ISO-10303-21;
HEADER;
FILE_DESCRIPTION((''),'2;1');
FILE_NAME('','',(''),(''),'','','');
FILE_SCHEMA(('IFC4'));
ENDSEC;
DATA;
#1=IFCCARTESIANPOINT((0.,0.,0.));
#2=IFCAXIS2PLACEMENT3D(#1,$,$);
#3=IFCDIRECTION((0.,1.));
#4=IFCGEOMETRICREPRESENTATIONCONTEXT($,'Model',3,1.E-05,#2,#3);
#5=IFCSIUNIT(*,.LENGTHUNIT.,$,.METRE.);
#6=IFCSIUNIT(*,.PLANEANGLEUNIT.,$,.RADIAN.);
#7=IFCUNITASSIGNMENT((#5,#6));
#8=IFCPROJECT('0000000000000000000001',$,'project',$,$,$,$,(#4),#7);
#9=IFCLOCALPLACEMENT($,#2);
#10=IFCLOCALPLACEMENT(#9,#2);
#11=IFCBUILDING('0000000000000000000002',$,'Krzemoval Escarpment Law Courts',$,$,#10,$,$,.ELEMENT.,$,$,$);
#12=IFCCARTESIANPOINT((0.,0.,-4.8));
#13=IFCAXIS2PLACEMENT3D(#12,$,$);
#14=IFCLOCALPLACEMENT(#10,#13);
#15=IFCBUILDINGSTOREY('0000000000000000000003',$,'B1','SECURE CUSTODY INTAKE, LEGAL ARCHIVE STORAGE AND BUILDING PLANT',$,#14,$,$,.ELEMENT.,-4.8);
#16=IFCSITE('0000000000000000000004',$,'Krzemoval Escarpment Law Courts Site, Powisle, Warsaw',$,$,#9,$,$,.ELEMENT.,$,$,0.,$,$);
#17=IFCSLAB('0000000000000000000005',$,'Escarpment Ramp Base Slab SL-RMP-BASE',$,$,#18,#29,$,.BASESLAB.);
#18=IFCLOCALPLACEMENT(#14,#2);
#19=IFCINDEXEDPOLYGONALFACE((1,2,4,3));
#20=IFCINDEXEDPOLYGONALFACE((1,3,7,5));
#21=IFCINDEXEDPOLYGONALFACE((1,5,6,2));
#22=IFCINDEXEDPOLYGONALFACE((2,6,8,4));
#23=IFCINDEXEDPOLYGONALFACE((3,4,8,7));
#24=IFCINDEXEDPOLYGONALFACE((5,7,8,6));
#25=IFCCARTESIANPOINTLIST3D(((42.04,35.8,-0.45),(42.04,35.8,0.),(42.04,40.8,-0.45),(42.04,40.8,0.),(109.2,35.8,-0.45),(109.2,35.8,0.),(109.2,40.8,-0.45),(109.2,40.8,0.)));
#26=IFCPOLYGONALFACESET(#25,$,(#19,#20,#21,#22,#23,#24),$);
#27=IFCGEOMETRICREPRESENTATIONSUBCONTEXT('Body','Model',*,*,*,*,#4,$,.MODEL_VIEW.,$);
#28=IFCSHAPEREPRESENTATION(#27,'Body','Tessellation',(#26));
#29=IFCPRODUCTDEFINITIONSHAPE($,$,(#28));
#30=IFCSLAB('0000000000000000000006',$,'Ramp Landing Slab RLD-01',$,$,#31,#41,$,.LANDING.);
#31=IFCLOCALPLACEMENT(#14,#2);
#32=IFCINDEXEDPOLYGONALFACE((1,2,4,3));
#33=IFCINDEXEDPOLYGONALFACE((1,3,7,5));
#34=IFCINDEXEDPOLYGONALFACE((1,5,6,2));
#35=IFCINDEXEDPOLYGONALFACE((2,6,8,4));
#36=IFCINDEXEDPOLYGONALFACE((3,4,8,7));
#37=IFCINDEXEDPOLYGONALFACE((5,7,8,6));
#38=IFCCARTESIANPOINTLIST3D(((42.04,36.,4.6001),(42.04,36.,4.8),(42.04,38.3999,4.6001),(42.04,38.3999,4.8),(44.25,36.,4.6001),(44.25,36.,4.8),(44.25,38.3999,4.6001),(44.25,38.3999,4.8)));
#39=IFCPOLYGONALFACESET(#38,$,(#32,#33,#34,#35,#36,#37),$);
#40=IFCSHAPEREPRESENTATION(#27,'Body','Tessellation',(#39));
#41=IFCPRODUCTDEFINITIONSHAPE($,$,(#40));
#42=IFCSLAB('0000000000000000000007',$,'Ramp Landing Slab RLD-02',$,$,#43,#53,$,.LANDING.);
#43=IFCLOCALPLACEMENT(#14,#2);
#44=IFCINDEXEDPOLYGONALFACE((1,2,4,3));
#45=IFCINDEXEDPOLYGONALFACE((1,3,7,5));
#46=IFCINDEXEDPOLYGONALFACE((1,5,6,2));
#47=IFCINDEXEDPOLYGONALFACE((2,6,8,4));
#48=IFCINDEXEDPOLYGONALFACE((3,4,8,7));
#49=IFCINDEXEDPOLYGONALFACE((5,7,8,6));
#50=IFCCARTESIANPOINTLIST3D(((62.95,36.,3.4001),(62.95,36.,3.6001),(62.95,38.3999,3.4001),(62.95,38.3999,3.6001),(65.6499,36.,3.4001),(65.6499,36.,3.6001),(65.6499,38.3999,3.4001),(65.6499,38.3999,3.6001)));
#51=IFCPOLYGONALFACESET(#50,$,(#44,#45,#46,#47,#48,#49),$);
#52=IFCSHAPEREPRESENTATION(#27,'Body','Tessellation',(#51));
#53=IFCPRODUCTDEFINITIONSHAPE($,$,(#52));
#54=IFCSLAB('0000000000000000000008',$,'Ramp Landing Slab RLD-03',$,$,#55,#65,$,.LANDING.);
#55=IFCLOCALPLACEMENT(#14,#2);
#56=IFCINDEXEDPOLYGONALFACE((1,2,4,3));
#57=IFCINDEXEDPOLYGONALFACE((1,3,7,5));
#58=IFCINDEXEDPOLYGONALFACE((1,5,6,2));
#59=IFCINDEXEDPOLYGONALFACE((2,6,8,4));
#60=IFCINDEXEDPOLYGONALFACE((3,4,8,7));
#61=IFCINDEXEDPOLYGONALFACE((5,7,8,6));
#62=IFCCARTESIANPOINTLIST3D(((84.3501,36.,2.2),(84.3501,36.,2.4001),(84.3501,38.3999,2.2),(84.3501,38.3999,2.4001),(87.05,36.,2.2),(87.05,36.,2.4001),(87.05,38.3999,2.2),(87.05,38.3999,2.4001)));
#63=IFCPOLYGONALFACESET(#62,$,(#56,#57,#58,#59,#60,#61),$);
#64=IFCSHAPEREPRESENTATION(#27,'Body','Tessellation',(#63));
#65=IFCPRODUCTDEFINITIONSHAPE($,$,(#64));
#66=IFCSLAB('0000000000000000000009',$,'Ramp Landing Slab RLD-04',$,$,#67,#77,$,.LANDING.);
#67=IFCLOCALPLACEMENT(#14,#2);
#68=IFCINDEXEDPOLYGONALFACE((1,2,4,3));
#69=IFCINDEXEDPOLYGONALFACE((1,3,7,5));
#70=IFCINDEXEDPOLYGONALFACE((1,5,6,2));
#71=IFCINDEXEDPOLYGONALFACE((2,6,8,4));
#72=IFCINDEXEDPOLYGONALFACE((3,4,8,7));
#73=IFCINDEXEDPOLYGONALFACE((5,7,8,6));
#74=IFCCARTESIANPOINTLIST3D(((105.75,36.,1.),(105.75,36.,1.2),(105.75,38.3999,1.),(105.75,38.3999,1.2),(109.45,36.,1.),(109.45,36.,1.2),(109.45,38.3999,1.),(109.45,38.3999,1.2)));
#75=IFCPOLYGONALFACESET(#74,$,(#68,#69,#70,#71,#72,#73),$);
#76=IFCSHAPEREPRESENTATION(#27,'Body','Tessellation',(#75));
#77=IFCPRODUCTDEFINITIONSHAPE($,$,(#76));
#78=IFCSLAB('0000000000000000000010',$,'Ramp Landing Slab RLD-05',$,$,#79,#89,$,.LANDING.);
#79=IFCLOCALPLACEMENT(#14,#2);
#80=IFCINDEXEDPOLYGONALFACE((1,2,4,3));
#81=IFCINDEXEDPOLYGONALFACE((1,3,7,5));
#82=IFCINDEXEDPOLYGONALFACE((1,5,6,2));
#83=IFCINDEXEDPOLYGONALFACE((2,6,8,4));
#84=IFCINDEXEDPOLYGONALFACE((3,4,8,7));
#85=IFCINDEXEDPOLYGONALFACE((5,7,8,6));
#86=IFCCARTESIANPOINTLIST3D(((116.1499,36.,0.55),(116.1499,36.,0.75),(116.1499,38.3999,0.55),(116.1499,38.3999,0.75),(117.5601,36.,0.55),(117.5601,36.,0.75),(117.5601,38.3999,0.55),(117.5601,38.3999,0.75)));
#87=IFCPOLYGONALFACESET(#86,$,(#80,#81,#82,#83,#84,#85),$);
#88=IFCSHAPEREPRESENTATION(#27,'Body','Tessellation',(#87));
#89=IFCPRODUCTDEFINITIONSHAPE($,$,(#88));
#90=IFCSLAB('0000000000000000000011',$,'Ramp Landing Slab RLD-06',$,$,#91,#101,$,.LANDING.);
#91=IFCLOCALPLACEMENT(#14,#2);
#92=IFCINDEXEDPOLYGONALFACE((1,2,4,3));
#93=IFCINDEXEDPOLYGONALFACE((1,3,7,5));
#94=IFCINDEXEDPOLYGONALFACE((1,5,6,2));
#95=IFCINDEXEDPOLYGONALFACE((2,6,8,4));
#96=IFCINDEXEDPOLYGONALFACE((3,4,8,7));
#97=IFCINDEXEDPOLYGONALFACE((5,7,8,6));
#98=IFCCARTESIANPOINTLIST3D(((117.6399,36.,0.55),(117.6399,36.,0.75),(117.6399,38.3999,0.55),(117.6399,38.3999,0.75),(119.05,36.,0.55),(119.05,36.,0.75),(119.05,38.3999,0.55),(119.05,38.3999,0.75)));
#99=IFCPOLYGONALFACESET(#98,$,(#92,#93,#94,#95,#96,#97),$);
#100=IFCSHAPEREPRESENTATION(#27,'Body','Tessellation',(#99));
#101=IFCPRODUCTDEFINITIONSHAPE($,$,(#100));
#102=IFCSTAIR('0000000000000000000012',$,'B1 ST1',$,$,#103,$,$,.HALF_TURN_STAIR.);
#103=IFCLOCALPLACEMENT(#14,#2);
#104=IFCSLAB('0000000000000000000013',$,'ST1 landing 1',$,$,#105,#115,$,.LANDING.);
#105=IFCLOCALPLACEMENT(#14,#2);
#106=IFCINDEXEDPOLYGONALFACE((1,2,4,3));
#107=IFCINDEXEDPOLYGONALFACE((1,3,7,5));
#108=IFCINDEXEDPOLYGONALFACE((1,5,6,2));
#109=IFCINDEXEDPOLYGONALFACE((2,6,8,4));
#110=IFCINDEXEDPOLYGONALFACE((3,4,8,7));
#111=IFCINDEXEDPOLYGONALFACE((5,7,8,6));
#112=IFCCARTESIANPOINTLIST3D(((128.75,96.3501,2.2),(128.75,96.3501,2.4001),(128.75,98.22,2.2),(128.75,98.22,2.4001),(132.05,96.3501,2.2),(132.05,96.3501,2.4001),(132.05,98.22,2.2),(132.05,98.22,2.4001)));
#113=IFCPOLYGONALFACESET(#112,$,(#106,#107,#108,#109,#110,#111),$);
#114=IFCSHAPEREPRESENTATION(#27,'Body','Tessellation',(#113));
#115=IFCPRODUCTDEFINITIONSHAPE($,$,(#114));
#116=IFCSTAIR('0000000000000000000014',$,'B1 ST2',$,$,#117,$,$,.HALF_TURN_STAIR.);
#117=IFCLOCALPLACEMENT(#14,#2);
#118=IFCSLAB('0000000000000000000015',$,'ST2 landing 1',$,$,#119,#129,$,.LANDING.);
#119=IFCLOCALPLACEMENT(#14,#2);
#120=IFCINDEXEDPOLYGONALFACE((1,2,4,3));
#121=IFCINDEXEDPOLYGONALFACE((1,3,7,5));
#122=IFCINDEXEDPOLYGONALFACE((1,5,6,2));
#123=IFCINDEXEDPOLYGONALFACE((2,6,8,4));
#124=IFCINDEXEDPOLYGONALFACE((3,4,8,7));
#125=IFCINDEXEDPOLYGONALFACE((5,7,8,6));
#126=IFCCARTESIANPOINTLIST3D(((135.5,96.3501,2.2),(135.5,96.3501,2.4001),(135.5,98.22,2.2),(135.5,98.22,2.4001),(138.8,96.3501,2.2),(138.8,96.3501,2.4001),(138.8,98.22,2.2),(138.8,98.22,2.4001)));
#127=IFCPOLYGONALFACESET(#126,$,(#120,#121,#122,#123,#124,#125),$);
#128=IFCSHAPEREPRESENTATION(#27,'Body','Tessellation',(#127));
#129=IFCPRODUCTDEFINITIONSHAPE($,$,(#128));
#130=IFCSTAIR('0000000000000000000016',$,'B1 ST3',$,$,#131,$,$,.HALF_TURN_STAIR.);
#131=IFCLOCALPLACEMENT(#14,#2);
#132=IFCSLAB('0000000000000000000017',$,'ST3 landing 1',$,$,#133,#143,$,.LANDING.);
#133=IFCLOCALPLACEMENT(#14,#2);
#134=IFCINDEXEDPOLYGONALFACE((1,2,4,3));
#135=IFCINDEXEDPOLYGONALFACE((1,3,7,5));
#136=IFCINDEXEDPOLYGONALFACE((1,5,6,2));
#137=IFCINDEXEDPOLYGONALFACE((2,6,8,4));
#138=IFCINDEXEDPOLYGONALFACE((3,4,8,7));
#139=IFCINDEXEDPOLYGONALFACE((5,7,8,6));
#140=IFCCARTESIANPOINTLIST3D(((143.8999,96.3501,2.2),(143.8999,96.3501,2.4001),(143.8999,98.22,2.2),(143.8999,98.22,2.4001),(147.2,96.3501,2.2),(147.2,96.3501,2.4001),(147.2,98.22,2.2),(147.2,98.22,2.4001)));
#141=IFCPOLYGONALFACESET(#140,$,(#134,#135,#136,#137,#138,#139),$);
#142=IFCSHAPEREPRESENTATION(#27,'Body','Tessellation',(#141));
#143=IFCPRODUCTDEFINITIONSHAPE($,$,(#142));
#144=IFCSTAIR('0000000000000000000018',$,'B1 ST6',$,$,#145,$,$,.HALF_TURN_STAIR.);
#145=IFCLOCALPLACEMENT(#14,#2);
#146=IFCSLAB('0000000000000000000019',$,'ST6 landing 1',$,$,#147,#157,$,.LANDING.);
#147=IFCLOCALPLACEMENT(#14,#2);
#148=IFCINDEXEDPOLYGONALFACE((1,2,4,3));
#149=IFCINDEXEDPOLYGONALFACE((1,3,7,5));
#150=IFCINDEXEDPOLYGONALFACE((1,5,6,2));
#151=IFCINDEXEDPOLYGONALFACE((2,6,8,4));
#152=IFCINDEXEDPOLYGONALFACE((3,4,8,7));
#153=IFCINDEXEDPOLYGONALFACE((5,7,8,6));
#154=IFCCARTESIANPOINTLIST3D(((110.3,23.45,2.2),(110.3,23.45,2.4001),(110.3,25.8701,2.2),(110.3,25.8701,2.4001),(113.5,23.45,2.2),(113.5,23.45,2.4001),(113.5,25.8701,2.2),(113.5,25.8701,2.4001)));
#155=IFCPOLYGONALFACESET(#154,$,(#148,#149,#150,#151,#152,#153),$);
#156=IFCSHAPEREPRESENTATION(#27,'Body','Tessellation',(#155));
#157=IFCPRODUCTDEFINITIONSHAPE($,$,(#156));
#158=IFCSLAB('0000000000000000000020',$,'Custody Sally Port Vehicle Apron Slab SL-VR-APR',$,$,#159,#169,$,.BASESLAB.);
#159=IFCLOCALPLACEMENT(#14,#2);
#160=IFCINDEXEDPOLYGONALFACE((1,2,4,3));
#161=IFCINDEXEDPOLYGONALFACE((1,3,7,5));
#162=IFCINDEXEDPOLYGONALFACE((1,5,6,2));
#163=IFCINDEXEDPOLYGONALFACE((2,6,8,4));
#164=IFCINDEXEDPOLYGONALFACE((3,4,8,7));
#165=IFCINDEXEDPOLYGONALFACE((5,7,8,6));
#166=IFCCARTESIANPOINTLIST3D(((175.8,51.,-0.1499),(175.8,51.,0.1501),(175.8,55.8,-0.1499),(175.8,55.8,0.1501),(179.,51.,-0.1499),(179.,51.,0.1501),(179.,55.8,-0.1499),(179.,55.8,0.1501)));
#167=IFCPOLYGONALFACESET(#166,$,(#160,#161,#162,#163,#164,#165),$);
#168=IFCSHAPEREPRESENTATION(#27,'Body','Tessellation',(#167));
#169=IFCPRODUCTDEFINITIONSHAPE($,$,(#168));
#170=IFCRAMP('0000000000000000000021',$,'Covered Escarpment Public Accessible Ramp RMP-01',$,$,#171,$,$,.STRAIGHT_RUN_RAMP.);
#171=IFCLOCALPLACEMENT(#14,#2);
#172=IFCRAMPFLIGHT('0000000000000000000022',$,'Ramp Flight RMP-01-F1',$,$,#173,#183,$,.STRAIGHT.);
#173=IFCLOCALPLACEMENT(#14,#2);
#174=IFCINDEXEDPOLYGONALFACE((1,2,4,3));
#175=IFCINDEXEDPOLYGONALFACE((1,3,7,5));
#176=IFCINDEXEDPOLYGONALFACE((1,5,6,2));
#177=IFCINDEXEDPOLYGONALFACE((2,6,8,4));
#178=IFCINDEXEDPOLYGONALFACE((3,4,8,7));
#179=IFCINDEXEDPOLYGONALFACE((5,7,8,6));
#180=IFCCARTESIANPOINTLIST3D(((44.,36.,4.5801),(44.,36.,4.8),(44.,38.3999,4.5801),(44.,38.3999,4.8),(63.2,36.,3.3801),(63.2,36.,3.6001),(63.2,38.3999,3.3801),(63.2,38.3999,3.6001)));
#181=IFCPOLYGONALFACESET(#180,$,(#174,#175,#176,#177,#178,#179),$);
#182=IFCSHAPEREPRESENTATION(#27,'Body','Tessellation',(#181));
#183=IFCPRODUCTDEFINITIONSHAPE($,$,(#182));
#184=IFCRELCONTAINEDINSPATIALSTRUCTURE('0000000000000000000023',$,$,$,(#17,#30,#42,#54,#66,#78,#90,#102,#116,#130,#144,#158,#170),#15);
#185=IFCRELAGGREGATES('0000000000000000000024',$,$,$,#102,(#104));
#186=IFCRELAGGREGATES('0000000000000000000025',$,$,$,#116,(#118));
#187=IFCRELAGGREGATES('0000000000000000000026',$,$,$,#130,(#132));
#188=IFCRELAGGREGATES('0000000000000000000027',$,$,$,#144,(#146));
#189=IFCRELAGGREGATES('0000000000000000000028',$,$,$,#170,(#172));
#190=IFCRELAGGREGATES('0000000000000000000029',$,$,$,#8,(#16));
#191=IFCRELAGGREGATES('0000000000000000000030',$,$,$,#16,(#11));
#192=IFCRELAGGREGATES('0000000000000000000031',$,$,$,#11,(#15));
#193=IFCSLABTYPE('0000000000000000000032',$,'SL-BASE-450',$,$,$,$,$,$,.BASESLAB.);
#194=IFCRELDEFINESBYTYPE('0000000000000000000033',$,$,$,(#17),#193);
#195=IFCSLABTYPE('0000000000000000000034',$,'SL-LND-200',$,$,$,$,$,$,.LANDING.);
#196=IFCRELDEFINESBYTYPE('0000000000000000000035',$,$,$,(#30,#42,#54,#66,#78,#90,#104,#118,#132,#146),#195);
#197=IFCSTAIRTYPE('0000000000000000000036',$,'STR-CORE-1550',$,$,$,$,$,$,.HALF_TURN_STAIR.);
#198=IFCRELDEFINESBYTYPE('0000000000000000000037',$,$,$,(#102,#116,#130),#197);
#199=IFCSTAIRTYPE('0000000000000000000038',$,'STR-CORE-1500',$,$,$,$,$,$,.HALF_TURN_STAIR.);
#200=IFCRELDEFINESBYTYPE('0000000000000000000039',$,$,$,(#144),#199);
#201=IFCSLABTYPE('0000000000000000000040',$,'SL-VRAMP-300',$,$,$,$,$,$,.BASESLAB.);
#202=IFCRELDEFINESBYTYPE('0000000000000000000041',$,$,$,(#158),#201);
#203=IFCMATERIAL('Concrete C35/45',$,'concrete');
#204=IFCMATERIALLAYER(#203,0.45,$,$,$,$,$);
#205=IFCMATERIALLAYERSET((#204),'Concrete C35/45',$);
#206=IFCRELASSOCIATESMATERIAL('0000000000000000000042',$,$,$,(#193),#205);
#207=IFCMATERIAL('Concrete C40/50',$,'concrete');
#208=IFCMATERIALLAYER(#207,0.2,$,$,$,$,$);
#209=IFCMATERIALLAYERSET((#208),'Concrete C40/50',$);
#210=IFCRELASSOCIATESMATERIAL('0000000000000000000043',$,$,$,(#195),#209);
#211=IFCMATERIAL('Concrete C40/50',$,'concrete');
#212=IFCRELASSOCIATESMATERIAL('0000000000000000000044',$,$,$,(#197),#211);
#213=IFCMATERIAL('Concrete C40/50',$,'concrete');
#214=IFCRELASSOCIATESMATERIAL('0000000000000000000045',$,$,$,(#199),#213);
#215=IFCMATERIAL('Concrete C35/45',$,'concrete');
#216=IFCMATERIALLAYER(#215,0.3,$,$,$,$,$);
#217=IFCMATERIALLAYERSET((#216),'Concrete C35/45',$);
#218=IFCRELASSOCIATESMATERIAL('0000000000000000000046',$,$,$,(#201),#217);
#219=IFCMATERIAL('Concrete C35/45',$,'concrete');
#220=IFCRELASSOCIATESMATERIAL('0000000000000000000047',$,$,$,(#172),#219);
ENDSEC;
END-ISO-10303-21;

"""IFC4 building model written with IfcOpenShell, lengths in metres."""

from ifc_helpers import new_model, si_unit, direction, frame, origin, place, context, subcontext, project, spatial, polyline, outline, extrude, material, layer, layer_set, type_object, element, aggregate, save


model = new_model("IFC4")

# Units and contexts
model_context = context("Model", 3, precision=1e-05, world=origin(), true_north=direction((0.0, 1.0)))
body_context = subcontext(model_context, "Body", "Model", "MODEL_VIEW")
ifc_project = project(units=[si_unit("LENGTHUNIT", "METRE"), si_unit("PLANEANGLEUNIT", "RADIAN")], contexts=[model_context])

# Site, building, storey
site_placement = place(None, origin())
site = spatial("IfcSite", under=ifc_project, at=site_placement, Name="Krzemoval Escarpment Law Courts Site, Powisle, Warsaw", CompositionType="ELEMENT", RefElevation=0.0)
building_placement = place(site_placement, origin())
building = spatial("IfcBuilding", under=site, at=building_placement, Name="Krzemoval Escarpment Law Courts", CompositionType="ELEMENT")
storey_placement = place(building_placement, frame((0.0, 0.0, -4.8)))
storey = spatial("IfcBuildingStorey", under=building, at=storey_placement, Name="B1", Description="SECURE CUSTODY INTAKE, LEGAL ARCHIVE STORAGE AND BUILDING PLANT", CompositionType="ELEMENT", Elevation=-4.8)

# Slabs
ifc_material_1 = material(Name="Concrete C35/45", Category="concrete")
ifc_layer_1 = layer(ifc_material_1, 0.45)
ifc_layer_set_1 = layer_set([ifc_layer_1], Name="Concrete C35/45")
slab_type_1 = type_object("IfcSlabType", Name="SL-BASE-450", PredefinedType="BASESLAB", material=ifc_layer_set_1)
slab_1_placement = place(storey_placement, frame((0.0, 0.0, -0.45)))
element("IfcSlab", 1, at=slab_1_placement, inside=storey, type_object=slab_type_1, Name="Escarpment Ramp Base Slab SL-RMP-BASE", PredefinedType="BASESLAB", context=body_context, shape_type="SweptSolid", body=[
    extrude(outline(polyline([(109.2, 35.8), (109.2, 40.8), (42.04, 40.8), (42.04, 35.8), (109.2, 35.8)])), origin(), (0.0, 0.0, 1.0), 0.45),
])
ifc_material_2 = material(Name="Concrete C40/50", Category="concrete")
ifc_layer_2 = layer(ifc_material_2, 0.2)
ifc_layer_set_2 = layer_set([ifc_layer_2], Name="Concrete C40/50")
slab_type_2 = type_object("IfcSlabType", Name="SL-LND-200", PredefinedType="LANDING", material=ifc_layer_set_2)
slab_2_placement = place(storey_placement, frame((0.0, 0.0, 4.6001)))
element("IfcSlab", 2, at=slab_2_placement, inside=storey, type_object=slab_type_2, Name="Ramp Landing Slab RLD-01", PredefinedType="LANDING", context=body_context, shape_type="SweptSolid", body=[
    extrude(outline(polyline([(44.25, 36.0), (44.25, 38.3999), (42.04, 38.3999), (42.04, 36.0), (44.25, 36.0)])), origin(), (0.0, 0.0, 1.0), 0.2),
])
slab_3_placement = place(storey_placement, frame((0.0, 0.0, 3.4001)))
element("IfcSlab", 3, at=slab_3_placement, inside=storey, type_object=slab_type_2, Name="Ramp Landing Slab RLD-02", PredefinedType="LANDING", context=body_context, shape_type="SweptSolid", body=[
    extrude(outline(polyline([(65.6499, 36.0), (65.6499, 38.3999), (62.95, 38.3999), (62.95, 36.0), (65.6499, 36.0)])), origin(), (0.0, 0.0, 1.0), 0.2),
])
slab_4_placement = place(storey_placement, frame((0.0, 0.0, 2.2)))
element("IfcSlab", 4, at=slab_4_placement, inside=storey, type_object=slab_type_2, Name="Ramp Landing Slab RLD-03", PredefinedType="LANDING", context=body_context, shape_type="SweptSolid", body=[
    extrude(outline(polyline([(87.05, 36.0), (87.05, 38.3999), (84.3501, 38.3999), (84.3501, 36.0), (87.05, 36.0)])), origin(), (0.0, 0.0, 1.0), 0.2002),
])
slab_5_placement = place(storey_placement, frame((0.0, 0.0, 1.0)))
element("IfcSlab", 5, at=slab_5_placement, inside=storey, type_object=slab_type_2, Name="Ramp Landing Slab RLD-04", PredefinedType="LANDING", context=body_context, shape_type="SweptSolid", body=[
    extrude(outline(polyline([(109.45, 36.0), (109.45, 38.3999), (105.75, 38.3999), (105.75, 36.0), (109.45, 36.0)])), origin(), (0.0, 0.0, 1.0), 0.2),
])
slab_6_placement = place(storey_placement, frame((0.0, 0.0, 0.55)))
element("IfcSlab", 6, at=slab_6_placement, inside=storey, type_object=slab_type_2, Name="Ramp Landing Slab RLD-05", PredefinedType="LANDING", context=body_context, shape_type="SweptSolid", body=[
    extrude(outline(polyline([(117.5601, 36.0), (117.5601, 38.3999), (116.1499, 38.3999), (116.1499, 36.0), (117.5601, 36.0)])), origin(), (0.0, 0.0, 1.0), 0.2),
])
slab_7_placement = place(storey_placement, frame((0.0, 0.0, 0.55)))
element("IfcSlab", 7, at=slab_7_placement, inside=storey, type_object=slab_type_2, Name="Ramp Landing Slab RLD-06", PredefinedType="LANDING", context=body_context, shape_type="SweptSolid", body=[
    extrude(outline(polyline([(119.05, 36.0), (119.05, 38.3999), (117.6399, 38.3999), (117.6399, 36.0), (119.05, 36.0)])), origin(), (0.0, 0.0, 1.0), 0.2),
])

# Stairs, slabs
ifc_material_3 = material(Name="Concrete C40/50", Category="concrete")
stair_type_1 = type_object("IfcStairType", Name="STR-CORE-1550", PredefinedType="HALF_TURN_STAIR", material=ifc_material_3)
stair_1_placement = place(storey_placement, origin())
stair_1 = element("IfcStair", 8, at=stair_1_placement, inside=storey, type_object=stair_type_1, Name="B1 ST1", PredefinedType="HALF_TURN_STAIR")
slab_8_placement = place(storey_placement, frame((0.0, 0.0, 2.2)))
slab_8 = element("IfcSlab", 9, at=slab_8_placement, type_object=slab_type_2, Name="ST1 landing 1", PredefinedType="LANDING", context=body_context, shape_type="SweptSolid", body=[
    extrude(outline(polyline([(128.75, 98.22), (128.75, 96.3501), (132.05, 96.3501), (132.05, 98.22), (128.75, 98.22)])), origin(), (0.0, 0.0, 1.0), 0.2002),
])
aggregate(stair_1, [slab_8])
stair_2_placement = place(storey_placement, origin())
stair_2 = element("IfcStair", 10, at=stair_2_placement, inside=storey, type_object=stair_type_1, Name="B1 ST2", PredefinedType="HALF_TURN_STAIR")
slab_9_placement = place(storey_placement, frame((0.0, 0.0, 2.2)))
slab_9 = element("IfcSlab", 11, at=slab_9_placement, type_object=slab_type_2, Name="ST2 landing 1", PredefinedType="LANDING", context=body_context, shape_type="SweptSolid", body=[
    extrude(outline(polyline([(135.5, 98.22), (135.5, 96.3501), (138.8, 96.3501), (138.8, 98.22), (135.5, 98.22)])), origin(), (0.0, 0.0, 1.0), 0.2002),
])
aggregate(stair_2, [slab_9])
stair_3_placement = place(storey_placement, origin())
stair_3 = element("IfcStair", 12, at=stair_3_placement, inside=storey, type_object=stair_type_1, Name="B1 ST3", PredefinedType="HALF_TURN_STAIR")
slab_10_placement = place(storey_placement, frame((0.0, 0.0, 2.2)))
slab_10 = element("IfcSlab", 13, at=slab_10_placement, type_object=slab_type_2, Name="ST3 landing 1", PredefinedType="LANDING", context=body_context, shape_type="SweptSolid", body=[
    extrude(outline(polyline([(143.8999, 98.22), (143.8999, 96.3501), (147.2, 96.3501), (147.2, 98.22), (143.8999, 98.22)])), origin(), (0.0, 0.0, 1.0), 0.2002),
])
aggregate(stair_3, [slab_10])
ifc_material_4 = material(Name="Concrete C40/50", Category="concrete")
stair_type_2 = type_object("IfcStairType", Name="STR-CORE-1500", PredefinedType="HALF_TURN_STAIR", material=ifc_material_4)
stair_4_placement = place(storey_placement, origin())
stair_4 = element("IfcStair", 14, at=stair_4_placement, inside=storey, type_object=stair_type_2, Name="B1 ST6", PredefinedType="HALF_TURN_STAIR")
slab_11_placement = place(storey_placement, frame((0.0, 0.0, 2.2)))
slab_11 = element("IfcSlab", 15, at=slab_11_placement, type_object=slab_type_2, Name="ST6 landing 1", PredefinedType="LANDING", context=body_context, shape_type="SweptSolid", body=[
    extrude(outline(polyline([(110.3, 25.8701), (110.3, 23.45), (113.5, 23.45), (113.5, 25.8701), (110.3, 25.8701)])), origin(), (0.0, 0.0, 1.0), 0.2002),
])
aggregate(stair_4, [slab_11])

# Slab
ifc_material_5 = material(Name="Concrete C35/45", Category="concrete")
ifc_layer_3 = layer(ifc_material_5, 0.3)
ifc_layer_set_3 = layer_set([ifc_layer_3], Name="Concrete C35/45")
slab_type_3 = type_object("IfcSlabType", Name="SL-VRAMP-300", PredefinedType="BASESLAB", material=ifc_layer_set_3)
slab_12_placement = place(storey_placement, frame((0.0, 0.0, -0.1499)))
element("IfcSlab", 16, at=slab_12_placement, inside=storey, type_object=slab_type_3, Name="Custody Sally Port Vehicle Apron Slab SL-VR-APR", PredefinedType="BASESLAB", context=body_context, shape_type="SweptSolid", body=[
    extrude(outline(polyline([(179.0, 51.0), (179.0, 55.8), (175.8, 55.8), (175.8, 51.0), (179.0, 51.0)])), origin(), (0.0, 0.0, 1.0), 0.3),
])

# Ramp, ramp flight
ramp_placement = place(storey_placement, frame((0.0, 0.0, 4.8)))
ramp = element("IfcRamp", 17, at=ramp_placement, inside=storey, Name="Covered Escarpment Public Accessible Ramp RMP-01", PredefinedType="STRAIGHT_RUN_RAMP")
ifc_material_6 = material(Name="Concrete C35/45", Category="concrete")
ramp_flight_1_placement = place(ramp_placement, origin())
ramp_flight_1 = element("IfcRampFlight", 18, at=ramp_flight_1_placement, material=ifc_material_6, Name="Ramp Flight RMP-01-F1", PredefinedType="STRAIGHT", context=body_context, shape_type="SweptSolid", body=[
    extrude(outline(polyline([(0.0, 0.0), (19.2, -1.2), (19.2, -1.4199), (0.0, -0.22), (0.0, 0.0)])), frame((44.0, 38.3999, 0.0), z_axis=(0.0, -1.0, 0.0), x_axis=(1.0, 0.0, 0.0)), (0.0, 0.0, 1.0), 2.3999),
])
aggregate(ramp, [ramp_flight_1])

save(model, "model.ifc")
